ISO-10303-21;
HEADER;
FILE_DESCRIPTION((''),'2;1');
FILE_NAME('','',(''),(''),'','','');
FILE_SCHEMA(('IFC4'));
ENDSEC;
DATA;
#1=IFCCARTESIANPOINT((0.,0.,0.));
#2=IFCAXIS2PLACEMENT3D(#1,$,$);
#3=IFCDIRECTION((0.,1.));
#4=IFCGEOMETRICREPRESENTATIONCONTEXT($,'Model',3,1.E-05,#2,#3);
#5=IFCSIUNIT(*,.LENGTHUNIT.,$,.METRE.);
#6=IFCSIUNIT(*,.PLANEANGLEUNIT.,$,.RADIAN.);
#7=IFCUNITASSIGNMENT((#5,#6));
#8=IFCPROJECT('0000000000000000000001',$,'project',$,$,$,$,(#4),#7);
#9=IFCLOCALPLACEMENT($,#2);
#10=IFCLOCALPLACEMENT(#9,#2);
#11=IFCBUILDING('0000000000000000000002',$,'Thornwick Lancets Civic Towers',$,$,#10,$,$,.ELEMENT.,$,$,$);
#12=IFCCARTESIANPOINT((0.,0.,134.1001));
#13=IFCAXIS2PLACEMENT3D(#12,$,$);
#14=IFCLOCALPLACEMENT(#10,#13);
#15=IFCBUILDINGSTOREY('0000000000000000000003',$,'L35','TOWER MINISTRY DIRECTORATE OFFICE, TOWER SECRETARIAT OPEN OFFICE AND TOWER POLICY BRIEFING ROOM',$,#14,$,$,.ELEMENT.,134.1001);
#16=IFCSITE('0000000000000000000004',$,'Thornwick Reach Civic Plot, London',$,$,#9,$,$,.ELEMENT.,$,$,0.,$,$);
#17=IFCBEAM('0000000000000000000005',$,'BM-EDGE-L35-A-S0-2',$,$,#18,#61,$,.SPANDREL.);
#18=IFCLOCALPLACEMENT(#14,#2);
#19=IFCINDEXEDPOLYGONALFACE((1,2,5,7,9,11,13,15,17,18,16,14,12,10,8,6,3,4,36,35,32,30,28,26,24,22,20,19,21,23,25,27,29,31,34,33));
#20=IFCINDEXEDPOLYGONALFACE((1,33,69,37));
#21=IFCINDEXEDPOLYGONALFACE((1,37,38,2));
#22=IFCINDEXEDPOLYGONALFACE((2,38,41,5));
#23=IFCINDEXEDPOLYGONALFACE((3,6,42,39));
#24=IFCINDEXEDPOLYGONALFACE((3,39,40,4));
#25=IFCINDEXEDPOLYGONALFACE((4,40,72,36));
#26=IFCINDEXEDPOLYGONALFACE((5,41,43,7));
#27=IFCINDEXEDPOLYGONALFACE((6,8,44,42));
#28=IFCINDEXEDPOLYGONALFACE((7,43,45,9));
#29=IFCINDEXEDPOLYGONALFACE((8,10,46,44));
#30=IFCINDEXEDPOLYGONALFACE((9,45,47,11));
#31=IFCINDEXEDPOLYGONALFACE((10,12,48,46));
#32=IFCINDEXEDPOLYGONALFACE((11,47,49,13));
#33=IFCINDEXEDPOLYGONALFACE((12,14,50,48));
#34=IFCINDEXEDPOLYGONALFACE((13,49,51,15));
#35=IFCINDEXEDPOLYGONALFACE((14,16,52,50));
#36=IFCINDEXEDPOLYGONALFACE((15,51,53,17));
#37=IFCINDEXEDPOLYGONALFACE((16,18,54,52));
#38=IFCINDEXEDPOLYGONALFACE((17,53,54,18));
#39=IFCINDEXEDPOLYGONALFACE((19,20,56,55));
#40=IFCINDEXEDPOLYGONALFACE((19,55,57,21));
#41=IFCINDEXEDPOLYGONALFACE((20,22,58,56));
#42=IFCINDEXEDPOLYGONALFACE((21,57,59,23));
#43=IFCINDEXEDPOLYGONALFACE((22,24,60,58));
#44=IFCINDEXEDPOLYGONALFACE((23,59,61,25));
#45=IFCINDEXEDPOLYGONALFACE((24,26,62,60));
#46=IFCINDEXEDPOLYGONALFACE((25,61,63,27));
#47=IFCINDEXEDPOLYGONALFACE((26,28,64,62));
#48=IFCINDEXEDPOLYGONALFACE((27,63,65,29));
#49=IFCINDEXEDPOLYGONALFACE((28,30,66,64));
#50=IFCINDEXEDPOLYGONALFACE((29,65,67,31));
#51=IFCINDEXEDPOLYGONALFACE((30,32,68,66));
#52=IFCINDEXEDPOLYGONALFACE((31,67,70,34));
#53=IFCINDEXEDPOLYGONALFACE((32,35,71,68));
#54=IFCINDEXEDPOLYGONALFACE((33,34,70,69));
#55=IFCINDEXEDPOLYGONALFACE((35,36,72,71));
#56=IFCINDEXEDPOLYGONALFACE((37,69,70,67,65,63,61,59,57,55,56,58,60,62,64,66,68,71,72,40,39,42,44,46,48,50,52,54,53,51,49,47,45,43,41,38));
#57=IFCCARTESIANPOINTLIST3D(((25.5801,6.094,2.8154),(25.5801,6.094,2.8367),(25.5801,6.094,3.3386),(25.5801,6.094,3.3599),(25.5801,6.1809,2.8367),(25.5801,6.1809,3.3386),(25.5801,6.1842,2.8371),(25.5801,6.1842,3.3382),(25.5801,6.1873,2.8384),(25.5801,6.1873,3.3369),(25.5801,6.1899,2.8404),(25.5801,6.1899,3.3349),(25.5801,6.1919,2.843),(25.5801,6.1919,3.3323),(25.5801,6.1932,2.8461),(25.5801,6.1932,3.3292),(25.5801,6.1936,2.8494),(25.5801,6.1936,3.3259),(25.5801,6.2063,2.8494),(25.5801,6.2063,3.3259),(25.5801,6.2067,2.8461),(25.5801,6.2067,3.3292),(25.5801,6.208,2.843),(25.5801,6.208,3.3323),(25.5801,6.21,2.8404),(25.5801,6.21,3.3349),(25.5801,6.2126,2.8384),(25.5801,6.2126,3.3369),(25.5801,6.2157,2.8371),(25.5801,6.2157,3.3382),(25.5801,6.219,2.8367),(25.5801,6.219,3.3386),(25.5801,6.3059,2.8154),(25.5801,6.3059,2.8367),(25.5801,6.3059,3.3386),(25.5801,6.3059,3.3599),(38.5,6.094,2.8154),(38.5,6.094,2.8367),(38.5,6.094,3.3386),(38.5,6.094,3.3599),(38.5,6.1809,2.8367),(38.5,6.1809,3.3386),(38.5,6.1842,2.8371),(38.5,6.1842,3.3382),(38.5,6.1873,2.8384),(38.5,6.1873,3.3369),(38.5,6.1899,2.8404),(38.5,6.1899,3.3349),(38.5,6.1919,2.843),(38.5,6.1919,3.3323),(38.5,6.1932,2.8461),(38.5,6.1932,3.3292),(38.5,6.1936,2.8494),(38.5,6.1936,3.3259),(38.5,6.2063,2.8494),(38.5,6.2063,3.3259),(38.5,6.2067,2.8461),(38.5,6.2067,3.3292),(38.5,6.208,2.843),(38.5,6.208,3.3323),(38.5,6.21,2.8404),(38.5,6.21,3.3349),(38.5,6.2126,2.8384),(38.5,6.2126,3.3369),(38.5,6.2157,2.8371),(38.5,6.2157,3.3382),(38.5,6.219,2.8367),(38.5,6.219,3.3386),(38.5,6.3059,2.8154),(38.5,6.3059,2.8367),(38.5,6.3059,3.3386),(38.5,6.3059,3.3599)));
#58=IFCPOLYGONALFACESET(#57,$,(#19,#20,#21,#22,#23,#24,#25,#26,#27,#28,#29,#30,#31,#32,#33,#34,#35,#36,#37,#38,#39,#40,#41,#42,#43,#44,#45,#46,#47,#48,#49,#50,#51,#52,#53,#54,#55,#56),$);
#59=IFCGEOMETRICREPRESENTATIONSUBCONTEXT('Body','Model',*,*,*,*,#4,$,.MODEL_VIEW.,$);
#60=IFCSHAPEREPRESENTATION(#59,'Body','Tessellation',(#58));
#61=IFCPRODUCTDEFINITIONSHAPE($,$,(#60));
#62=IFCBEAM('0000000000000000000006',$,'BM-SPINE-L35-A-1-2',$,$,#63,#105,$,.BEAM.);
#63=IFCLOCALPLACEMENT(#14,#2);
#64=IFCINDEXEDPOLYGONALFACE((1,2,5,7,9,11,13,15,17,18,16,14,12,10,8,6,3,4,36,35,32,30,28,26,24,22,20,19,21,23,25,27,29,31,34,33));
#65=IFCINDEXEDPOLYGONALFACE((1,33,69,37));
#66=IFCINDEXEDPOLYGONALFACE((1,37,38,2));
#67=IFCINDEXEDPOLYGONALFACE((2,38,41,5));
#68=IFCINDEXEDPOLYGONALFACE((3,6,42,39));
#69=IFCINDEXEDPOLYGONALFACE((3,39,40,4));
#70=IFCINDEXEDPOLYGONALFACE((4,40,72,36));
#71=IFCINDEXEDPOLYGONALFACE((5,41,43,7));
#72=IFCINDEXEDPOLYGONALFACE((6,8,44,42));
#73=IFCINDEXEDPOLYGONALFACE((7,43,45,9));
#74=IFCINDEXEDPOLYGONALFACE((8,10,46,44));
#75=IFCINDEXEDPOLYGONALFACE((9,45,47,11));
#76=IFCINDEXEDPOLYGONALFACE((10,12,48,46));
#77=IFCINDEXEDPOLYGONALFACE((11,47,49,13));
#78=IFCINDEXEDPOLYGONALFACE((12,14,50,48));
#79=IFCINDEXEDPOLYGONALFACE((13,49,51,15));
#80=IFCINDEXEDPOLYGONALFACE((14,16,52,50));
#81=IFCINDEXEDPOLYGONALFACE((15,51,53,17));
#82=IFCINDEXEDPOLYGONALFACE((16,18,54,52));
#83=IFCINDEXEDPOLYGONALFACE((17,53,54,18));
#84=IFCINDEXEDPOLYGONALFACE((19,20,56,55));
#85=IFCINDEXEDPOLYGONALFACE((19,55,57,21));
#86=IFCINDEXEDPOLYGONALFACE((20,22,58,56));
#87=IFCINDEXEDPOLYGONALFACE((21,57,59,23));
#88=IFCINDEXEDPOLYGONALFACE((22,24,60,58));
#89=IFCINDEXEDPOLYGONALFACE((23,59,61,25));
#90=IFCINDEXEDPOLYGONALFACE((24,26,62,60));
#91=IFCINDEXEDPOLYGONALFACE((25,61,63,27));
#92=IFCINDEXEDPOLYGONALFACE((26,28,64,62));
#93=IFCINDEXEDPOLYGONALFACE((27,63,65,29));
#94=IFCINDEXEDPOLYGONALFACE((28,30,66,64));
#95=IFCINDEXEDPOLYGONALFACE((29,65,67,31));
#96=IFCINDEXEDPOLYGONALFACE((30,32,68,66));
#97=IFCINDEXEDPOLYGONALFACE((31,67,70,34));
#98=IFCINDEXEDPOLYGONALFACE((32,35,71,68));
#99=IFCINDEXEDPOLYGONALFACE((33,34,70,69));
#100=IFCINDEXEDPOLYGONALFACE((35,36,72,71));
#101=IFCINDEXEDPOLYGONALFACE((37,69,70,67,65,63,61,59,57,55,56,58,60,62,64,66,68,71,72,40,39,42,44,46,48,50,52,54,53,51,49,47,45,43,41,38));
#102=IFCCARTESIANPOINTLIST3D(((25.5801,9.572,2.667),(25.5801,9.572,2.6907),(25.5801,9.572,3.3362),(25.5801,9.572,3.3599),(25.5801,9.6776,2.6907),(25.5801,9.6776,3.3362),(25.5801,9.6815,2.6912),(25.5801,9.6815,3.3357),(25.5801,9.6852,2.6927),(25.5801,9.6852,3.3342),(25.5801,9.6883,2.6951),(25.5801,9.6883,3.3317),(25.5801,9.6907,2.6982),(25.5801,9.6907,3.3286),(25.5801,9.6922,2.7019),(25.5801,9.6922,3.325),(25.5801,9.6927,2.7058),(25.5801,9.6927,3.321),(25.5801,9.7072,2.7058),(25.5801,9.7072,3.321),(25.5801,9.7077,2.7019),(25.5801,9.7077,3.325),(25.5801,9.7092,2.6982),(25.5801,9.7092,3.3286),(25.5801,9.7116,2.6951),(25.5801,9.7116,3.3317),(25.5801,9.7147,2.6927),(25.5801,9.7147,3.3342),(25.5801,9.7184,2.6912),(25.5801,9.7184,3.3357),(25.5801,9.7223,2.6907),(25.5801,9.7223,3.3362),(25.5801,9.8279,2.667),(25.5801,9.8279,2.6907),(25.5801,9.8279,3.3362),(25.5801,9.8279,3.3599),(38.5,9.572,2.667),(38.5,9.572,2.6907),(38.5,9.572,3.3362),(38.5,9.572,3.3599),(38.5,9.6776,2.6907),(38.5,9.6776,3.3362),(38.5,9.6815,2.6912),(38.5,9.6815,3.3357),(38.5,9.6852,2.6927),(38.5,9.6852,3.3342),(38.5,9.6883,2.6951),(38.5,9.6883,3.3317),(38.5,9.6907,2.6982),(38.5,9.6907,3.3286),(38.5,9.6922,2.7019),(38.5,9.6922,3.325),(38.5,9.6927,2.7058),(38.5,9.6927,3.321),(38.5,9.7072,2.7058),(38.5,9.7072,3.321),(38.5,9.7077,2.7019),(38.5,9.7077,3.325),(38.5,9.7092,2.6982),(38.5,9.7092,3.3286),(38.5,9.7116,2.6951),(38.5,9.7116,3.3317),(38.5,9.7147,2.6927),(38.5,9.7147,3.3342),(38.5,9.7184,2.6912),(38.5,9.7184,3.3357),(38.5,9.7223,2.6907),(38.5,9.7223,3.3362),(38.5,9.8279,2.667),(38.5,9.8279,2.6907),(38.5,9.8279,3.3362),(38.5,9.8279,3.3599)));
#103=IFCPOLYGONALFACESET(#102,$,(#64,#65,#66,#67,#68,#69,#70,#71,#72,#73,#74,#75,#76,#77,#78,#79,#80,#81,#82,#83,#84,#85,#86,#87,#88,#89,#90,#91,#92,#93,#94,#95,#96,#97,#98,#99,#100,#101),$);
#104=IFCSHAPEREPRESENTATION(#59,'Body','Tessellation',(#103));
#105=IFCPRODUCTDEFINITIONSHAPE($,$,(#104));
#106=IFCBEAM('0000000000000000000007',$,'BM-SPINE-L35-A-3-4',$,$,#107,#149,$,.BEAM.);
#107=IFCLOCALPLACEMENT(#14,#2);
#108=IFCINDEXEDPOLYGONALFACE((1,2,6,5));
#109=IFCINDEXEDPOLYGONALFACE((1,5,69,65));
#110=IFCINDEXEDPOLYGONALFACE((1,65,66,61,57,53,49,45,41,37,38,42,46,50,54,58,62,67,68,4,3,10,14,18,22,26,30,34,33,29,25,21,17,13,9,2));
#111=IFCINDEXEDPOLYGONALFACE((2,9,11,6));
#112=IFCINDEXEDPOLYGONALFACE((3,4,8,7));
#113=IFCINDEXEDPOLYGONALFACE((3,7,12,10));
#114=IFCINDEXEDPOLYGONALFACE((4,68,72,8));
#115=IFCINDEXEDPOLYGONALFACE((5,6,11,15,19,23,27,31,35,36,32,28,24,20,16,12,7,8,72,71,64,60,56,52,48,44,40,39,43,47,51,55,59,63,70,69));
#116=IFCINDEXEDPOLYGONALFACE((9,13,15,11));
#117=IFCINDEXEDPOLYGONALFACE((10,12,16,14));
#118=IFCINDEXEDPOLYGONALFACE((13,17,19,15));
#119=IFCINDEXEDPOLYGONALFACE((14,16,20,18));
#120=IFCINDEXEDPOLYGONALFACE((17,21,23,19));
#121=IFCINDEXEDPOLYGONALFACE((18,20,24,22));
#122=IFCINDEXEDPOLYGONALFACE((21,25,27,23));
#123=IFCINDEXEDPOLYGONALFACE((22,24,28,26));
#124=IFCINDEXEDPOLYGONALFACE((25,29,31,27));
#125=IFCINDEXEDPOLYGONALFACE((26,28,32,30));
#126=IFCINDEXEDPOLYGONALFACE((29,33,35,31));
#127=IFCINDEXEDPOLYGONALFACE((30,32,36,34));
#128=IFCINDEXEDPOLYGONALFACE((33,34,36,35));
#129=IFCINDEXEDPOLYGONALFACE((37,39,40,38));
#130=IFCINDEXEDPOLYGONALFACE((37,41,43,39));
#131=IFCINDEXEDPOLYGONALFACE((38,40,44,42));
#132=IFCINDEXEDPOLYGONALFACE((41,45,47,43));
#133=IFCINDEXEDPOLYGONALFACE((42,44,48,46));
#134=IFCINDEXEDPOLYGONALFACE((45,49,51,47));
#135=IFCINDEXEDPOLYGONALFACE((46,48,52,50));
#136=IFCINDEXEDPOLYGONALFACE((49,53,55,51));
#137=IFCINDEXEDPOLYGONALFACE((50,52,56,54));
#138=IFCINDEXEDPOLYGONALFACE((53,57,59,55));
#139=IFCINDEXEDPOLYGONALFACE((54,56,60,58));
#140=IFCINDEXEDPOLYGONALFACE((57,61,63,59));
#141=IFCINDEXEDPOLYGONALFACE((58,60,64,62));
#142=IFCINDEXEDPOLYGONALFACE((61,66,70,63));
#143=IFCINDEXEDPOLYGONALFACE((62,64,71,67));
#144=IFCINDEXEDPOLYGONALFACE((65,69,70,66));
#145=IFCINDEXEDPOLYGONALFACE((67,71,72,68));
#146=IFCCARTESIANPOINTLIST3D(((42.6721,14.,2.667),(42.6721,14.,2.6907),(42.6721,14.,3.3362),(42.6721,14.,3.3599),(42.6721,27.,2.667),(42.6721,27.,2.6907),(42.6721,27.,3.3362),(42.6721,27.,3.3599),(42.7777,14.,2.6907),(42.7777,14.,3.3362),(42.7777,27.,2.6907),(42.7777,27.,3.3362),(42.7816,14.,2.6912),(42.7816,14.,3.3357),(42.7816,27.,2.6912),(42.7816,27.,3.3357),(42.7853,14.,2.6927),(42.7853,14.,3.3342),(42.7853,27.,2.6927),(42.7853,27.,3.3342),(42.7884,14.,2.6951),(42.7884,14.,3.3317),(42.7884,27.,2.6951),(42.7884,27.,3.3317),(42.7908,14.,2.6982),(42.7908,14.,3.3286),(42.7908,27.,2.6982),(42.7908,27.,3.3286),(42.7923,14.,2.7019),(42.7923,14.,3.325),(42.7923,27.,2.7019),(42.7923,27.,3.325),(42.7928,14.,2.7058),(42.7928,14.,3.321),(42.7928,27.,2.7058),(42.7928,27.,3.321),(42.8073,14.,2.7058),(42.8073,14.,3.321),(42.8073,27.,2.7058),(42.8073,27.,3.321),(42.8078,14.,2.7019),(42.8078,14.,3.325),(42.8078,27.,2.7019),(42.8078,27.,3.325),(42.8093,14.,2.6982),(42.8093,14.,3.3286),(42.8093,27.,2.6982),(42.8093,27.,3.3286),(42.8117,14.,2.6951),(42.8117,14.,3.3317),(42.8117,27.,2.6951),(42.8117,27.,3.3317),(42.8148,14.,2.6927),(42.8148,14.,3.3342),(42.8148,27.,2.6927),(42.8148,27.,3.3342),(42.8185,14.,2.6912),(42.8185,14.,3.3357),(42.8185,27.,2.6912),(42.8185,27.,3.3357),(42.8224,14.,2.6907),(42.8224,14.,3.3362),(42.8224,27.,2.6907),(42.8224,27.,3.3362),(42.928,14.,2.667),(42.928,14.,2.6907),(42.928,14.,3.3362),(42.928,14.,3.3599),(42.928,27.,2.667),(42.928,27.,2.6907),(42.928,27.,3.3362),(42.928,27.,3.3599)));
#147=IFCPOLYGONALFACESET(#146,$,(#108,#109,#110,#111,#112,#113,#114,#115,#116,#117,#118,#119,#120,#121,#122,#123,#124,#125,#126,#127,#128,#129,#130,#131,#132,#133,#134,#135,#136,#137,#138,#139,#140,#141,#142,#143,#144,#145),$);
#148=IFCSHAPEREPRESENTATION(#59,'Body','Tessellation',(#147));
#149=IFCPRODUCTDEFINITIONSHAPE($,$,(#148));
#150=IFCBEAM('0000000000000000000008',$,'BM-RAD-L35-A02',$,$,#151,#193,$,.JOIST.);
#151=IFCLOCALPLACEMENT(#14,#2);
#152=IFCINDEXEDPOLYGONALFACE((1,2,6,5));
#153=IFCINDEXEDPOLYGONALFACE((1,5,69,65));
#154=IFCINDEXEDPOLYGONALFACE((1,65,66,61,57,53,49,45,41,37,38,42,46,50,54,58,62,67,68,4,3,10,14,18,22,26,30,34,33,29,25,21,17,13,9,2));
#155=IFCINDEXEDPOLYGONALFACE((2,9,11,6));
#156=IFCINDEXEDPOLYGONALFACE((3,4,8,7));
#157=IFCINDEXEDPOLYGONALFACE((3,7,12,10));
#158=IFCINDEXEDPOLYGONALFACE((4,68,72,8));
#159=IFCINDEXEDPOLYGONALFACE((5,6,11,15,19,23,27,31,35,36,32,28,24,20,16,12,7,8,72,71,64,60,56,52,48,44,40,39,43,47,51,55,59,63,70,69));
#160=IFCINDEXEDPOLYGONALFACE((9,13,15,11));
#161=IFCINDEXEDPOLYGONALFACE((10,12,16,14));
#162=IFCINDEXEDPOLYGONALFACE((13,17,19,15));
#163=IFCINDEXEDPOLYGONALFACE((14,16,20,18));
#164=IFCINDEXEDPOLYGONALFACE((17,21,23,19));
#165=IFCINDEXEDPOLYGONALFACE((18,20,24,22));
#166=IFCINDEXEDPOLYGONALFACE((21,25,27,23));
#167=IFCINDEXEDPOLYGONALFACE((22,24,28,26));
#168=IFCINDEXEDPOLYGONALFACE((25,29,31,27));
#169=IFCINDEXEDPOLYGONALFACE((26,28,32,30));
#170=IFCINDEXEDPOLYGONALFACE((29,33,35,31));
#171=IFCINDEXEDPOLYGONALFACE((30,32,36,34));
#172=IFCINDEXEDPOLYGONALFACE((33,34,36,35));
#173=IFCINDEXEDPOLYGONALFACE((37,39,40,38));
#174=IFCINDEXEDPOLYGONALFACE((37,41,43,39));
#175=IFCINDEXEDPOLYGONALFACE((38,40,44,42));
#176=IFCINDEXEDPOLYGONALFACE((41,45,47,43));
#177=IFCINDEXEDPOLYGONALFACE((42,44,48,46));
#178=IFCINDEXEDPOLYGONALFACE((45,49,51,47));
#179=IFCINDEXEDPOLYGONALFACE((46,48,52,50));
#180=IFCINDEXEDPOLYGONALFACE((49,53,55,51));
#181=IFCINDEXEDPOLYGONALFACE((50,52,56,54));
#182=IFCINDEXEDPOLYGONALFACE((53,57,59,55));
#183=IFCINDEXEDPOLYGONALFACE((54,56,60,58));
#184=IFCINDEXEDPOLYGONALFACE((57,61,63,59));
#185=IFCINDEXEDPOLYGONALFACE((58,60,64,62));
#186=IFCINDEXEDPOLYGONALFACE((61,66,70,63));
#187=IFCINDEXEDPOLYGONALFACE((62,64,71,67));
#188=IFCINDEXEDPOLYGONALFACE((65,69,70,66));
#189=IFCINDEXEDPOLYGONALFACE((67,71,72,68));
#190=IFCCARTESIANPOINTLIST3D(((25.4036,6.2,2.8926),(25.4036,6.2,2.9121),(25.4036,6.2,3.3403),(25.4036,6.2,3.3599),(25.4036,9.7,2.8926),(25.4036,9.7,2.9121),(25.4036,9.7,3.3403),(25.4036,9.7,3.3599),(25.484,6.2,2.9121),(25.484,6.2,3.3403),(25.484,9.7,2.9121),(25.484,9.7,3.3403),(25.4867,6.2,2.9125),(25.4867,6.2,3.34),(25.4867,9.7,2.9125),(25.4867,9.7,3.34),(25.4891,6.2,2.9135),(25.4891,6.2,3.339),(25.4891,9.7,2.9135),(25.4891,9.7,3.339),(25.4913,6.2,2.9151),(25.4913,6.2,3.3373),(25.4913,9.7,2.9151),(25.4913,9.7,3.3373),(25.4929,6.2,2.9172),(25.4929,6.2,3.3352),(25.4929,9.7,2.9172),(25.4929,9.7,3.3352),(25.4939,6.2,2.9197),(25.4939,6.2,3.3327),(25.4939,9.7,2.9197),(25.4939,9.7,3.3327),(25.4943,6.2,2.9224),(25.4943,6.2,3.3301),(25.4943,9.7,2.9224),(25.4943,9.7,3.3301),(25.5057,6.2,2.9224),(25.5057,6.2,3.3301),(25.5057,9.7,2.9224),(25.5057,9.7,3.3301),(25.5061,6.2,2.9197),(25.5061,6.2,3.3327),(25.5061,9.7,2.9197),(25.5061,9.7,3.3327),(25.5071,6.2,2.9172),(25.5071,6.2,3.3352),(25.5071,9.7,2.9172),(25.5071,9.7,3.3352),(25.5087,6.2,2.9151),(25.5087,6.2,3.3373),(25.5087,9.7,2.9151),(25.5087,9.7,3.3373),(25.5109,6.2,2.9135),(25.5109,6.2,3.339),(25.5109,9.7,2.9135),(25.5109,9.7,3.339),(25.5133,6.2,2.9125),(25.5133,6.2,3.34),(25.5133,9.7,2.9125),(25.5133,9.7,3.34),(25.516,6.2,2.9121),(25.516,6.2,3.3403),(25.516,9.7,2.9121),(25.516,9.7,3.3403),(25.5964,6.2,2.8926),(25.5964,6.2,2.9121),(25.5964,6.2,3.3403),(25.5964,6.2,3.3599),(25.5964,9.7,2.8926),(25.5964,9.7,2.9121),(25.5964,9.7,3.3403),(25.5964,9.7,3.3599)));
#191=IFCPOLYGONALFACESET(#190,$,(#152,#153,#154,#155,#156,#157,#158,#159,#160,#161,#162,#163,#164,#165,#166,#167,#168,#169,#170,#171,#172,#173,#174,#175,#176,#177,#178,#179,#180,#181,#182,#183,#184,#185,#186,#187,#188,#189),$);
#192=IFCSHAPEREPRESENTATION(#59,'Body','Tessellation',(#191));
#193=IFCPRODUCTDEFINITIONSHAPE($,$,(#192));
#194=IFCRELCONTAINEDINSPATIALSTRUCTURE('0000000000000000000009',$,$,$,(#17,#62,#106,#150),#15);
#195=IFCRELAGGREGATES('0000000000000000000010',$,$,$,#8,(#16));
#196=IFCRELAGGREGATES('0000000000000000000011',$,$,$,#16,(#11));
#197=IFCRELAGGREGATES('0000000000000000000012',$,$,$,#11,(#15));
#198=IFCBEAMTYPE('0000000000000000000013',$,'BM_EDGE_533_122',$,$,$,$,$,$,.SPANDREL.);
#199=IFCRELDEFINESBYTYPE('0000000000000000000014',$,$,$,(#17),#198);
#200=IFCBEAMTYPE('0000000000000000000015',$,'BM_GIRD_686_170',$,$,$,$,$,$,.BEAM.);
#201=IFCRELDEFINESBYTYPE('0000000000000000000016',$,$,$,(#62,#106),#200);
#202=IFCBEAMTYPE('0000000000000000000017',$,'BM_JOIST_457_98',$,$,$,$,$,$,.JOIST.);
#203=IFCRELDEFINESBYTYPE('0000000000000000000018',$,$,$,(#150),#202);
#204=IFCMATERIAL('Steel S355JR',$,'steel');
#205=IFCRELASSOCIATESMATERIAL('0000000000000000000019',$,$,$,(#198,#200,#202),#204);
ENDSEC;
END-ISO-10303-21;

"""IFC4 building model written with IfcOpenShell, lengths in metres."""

from ifc_helpers import new_model, si_unit, direction, frame, origin, origin_2d, place, context, subcontext, project, spatial, i_section, extrude, material, material_profile, profile_set, type_object, element, save


model = new_model("IFC4")

# Units and contexts
model_context = context("Model", 3, precision=1e-05, world=origin(), true_north=direction((0.0, 1.0)))
body_context = subcontext(model_context, "Body", "Model", "MODEL_VIEW")
ifc_project = project(units=[si_unit("LENGTHUNIT", "METRE"), si_unit("PLANEANGLEUNIT", "RADIAN")], contexts=[model_context])

# Site, building, storey
site_placement = place(None, origin())
site = spatial("IfcSite", under=ifc_project, at=site_placement, Name="Thornwick Reach Civic Plot, London", CompositionType="ELEMENT", RefElevation=0.0)
building_placement = place(site_placement, origin())
building = spatial("IfcBuilding", under=site, at=building_placement, Name="Thornwick Lancets Civic Towers", CompositionType="ELEMENT")
storey_placement = place(building_placement, frame((0.0, 0.0, 134.1001)))
storey = spatial("IfcBuildingStorey", under=building, at=storey_placement, Name="L35", Description="TOWER MINISTRY DIRECTORATE OFFICE, TOWER SECRETARIAT OPEN OFFICE AND TOWER POLICY BRIEFING ROOM", CompositionType="ELEMENT", Elevation=134.1001)

# Beams
ifc_material_1 = material(Name="Steel S355JR", Category="steel")
ifc_material_profile_1 = material_profile(ifc_material_1, i_section(OverallWidth=0.2119, OverallDepth=0.5444, WebThickness=0.0127, FlangeThickness=0.0212, FilletRadius=0.0127, at=origin_2d()), Name="UKB 533x210x122")
ifc_profile_set_1 = profile_set([ifc_material_profile_1], Name="Steel S355JR")
beam_type_1 = type_object("IfcBeamType", Name="BM_EDGE_533_122", PredefinedType="SPANDREL", material=ifc_profile_set_1)
beam_1_placement = place(storey_placement, frame((25.5801, 6.2, 3.0876), z_axis=(1.0, 0.0, 0.0), x_axis=(0.0, 1.0, 0.0)))
element("IfcBeam", 1, at=beam_1_placement, inside=storey, type_object=beam_type_1, Name="BM-EDGE-L35-A-S0-2", PredefinedType="SPANDREL", context=body_context, shape_type="SweptSolid", body=[
    extrude(i_section(OverallWidth=0.2119, OverallDepth=0.5444, WebThickness=0.0127, FlangeThickness=0.0212, FilletRadius=0.0127, at=origin_2d()), origin(), (0.0, 0.0, 1.0), 12.9199),
])
ifc_material_profile_2 = material_profile(ifc_material_1, i_section(OverallWidth=0.2559, OverallDepth=0.6929, WebThickness=0.0144, FlangeThickness=0.0237, FilletRadius=0.0151, at=origin_2d()), Name="UKB 686x254x170")
ifc_profile_set_2 = profile_set([ifc_material_profile_2], Name="Steel S355JR")
beam_type_2 = type_object("IfcBeamType", Name="BM_GIRD_686_170", PredefinedType="BEAM", material=ifc_profile_set_2)
beam_2_placement = place(storey_placement, frame((25.5801, 9.7, 3.0134), z_axis=(1.0, 0.0, 0.0), x_axis=(0.0, 1.0, 0.0)))
element("IfcBeam", 2, at=beam_2_placement, inside=storey, type_object=beam_type_2, Name="BM-SPINE-L35-A-1-2", PredefinedType="BEAM", context=body_context, shape_type="SweptSolid", body=[
    extrude(i_section(OverallWidth=0.2559, OverallDepth=0.6929, WebThickness=0.0144, FlangeThickness=0.0237, FilletRadius=0.0151, at=origin_2d()), origin(), (0.0, 0.0, 1.0), 12.9199),
])
beam_3_placement = place(storey_placement, frame((42.8, 14.0, 3.0134), z_axis=(0.0, 1.0, 0.0), x_axis=(-1.0, 0.0, 0.0)))
element("IfcBeam", 3, at=beam_3_placement, inside=storey, type_object=beam_type_2, Name="BM-SPINE-L35-A-3-4", PredefinedType="BEAM", context=body_context, shape_type="SweptSolid", body=[
    extrude(i_section(OverallWidth=0.2559, OverallDepth=0.6929, WebThickness=0.0144, FlangeThickness=0.0237, FilletRadius=0.0151, at=origin_2d()), origin(), (0.0, 0.0, 1.0), 13.0),
])
ifc_material_profile_3 = material_profile(ifc_material_1, i_section(OverallWidth=0.1929, OverallDepth=0.4673, WebThickness=0.0115, FlangeThickness=0.0195, FilletRadius=0.0103, at=origin_2d()), Name="UKB 457x191x98")
ifc_profile_set_3 = profile_set([ifc_material_profile_3], Name="Steel S355JR")
beam_type_3 = type_object("IfcBeamType", Name="BM_JOIST_457_98", PredefinedType="JOIST", material=ifc_profile_set_3)
for number, where, z_axis, x_axis, name in (
    (4, (25.5, 9.7, 3.1262), (0.0, -1.0, 0.0), (1.0, 0.0, 0.0), "BM-RAD-L35-A02"),
):
    element("IfcBeam", number, at=place(storey_placement, frame(where, z_axis=z_axis, x_axis=x_axis)), inside=storey, type_object=beam_type_3, Name=name, PredefinedType="JOIST", context=body_context, shape_type="SweptSolid", body=[
        extrude(i_section(OverallWidth=0.1929, OverallDepth=0.4673, WebThickness=0.0115, FlangeThickness=0.0195, FilletRadius=0.0103, at=origin_2d()), origin(), (0.0, 0.0, 1.0), 3.5),
    ])

save(model, "model.ifc")
